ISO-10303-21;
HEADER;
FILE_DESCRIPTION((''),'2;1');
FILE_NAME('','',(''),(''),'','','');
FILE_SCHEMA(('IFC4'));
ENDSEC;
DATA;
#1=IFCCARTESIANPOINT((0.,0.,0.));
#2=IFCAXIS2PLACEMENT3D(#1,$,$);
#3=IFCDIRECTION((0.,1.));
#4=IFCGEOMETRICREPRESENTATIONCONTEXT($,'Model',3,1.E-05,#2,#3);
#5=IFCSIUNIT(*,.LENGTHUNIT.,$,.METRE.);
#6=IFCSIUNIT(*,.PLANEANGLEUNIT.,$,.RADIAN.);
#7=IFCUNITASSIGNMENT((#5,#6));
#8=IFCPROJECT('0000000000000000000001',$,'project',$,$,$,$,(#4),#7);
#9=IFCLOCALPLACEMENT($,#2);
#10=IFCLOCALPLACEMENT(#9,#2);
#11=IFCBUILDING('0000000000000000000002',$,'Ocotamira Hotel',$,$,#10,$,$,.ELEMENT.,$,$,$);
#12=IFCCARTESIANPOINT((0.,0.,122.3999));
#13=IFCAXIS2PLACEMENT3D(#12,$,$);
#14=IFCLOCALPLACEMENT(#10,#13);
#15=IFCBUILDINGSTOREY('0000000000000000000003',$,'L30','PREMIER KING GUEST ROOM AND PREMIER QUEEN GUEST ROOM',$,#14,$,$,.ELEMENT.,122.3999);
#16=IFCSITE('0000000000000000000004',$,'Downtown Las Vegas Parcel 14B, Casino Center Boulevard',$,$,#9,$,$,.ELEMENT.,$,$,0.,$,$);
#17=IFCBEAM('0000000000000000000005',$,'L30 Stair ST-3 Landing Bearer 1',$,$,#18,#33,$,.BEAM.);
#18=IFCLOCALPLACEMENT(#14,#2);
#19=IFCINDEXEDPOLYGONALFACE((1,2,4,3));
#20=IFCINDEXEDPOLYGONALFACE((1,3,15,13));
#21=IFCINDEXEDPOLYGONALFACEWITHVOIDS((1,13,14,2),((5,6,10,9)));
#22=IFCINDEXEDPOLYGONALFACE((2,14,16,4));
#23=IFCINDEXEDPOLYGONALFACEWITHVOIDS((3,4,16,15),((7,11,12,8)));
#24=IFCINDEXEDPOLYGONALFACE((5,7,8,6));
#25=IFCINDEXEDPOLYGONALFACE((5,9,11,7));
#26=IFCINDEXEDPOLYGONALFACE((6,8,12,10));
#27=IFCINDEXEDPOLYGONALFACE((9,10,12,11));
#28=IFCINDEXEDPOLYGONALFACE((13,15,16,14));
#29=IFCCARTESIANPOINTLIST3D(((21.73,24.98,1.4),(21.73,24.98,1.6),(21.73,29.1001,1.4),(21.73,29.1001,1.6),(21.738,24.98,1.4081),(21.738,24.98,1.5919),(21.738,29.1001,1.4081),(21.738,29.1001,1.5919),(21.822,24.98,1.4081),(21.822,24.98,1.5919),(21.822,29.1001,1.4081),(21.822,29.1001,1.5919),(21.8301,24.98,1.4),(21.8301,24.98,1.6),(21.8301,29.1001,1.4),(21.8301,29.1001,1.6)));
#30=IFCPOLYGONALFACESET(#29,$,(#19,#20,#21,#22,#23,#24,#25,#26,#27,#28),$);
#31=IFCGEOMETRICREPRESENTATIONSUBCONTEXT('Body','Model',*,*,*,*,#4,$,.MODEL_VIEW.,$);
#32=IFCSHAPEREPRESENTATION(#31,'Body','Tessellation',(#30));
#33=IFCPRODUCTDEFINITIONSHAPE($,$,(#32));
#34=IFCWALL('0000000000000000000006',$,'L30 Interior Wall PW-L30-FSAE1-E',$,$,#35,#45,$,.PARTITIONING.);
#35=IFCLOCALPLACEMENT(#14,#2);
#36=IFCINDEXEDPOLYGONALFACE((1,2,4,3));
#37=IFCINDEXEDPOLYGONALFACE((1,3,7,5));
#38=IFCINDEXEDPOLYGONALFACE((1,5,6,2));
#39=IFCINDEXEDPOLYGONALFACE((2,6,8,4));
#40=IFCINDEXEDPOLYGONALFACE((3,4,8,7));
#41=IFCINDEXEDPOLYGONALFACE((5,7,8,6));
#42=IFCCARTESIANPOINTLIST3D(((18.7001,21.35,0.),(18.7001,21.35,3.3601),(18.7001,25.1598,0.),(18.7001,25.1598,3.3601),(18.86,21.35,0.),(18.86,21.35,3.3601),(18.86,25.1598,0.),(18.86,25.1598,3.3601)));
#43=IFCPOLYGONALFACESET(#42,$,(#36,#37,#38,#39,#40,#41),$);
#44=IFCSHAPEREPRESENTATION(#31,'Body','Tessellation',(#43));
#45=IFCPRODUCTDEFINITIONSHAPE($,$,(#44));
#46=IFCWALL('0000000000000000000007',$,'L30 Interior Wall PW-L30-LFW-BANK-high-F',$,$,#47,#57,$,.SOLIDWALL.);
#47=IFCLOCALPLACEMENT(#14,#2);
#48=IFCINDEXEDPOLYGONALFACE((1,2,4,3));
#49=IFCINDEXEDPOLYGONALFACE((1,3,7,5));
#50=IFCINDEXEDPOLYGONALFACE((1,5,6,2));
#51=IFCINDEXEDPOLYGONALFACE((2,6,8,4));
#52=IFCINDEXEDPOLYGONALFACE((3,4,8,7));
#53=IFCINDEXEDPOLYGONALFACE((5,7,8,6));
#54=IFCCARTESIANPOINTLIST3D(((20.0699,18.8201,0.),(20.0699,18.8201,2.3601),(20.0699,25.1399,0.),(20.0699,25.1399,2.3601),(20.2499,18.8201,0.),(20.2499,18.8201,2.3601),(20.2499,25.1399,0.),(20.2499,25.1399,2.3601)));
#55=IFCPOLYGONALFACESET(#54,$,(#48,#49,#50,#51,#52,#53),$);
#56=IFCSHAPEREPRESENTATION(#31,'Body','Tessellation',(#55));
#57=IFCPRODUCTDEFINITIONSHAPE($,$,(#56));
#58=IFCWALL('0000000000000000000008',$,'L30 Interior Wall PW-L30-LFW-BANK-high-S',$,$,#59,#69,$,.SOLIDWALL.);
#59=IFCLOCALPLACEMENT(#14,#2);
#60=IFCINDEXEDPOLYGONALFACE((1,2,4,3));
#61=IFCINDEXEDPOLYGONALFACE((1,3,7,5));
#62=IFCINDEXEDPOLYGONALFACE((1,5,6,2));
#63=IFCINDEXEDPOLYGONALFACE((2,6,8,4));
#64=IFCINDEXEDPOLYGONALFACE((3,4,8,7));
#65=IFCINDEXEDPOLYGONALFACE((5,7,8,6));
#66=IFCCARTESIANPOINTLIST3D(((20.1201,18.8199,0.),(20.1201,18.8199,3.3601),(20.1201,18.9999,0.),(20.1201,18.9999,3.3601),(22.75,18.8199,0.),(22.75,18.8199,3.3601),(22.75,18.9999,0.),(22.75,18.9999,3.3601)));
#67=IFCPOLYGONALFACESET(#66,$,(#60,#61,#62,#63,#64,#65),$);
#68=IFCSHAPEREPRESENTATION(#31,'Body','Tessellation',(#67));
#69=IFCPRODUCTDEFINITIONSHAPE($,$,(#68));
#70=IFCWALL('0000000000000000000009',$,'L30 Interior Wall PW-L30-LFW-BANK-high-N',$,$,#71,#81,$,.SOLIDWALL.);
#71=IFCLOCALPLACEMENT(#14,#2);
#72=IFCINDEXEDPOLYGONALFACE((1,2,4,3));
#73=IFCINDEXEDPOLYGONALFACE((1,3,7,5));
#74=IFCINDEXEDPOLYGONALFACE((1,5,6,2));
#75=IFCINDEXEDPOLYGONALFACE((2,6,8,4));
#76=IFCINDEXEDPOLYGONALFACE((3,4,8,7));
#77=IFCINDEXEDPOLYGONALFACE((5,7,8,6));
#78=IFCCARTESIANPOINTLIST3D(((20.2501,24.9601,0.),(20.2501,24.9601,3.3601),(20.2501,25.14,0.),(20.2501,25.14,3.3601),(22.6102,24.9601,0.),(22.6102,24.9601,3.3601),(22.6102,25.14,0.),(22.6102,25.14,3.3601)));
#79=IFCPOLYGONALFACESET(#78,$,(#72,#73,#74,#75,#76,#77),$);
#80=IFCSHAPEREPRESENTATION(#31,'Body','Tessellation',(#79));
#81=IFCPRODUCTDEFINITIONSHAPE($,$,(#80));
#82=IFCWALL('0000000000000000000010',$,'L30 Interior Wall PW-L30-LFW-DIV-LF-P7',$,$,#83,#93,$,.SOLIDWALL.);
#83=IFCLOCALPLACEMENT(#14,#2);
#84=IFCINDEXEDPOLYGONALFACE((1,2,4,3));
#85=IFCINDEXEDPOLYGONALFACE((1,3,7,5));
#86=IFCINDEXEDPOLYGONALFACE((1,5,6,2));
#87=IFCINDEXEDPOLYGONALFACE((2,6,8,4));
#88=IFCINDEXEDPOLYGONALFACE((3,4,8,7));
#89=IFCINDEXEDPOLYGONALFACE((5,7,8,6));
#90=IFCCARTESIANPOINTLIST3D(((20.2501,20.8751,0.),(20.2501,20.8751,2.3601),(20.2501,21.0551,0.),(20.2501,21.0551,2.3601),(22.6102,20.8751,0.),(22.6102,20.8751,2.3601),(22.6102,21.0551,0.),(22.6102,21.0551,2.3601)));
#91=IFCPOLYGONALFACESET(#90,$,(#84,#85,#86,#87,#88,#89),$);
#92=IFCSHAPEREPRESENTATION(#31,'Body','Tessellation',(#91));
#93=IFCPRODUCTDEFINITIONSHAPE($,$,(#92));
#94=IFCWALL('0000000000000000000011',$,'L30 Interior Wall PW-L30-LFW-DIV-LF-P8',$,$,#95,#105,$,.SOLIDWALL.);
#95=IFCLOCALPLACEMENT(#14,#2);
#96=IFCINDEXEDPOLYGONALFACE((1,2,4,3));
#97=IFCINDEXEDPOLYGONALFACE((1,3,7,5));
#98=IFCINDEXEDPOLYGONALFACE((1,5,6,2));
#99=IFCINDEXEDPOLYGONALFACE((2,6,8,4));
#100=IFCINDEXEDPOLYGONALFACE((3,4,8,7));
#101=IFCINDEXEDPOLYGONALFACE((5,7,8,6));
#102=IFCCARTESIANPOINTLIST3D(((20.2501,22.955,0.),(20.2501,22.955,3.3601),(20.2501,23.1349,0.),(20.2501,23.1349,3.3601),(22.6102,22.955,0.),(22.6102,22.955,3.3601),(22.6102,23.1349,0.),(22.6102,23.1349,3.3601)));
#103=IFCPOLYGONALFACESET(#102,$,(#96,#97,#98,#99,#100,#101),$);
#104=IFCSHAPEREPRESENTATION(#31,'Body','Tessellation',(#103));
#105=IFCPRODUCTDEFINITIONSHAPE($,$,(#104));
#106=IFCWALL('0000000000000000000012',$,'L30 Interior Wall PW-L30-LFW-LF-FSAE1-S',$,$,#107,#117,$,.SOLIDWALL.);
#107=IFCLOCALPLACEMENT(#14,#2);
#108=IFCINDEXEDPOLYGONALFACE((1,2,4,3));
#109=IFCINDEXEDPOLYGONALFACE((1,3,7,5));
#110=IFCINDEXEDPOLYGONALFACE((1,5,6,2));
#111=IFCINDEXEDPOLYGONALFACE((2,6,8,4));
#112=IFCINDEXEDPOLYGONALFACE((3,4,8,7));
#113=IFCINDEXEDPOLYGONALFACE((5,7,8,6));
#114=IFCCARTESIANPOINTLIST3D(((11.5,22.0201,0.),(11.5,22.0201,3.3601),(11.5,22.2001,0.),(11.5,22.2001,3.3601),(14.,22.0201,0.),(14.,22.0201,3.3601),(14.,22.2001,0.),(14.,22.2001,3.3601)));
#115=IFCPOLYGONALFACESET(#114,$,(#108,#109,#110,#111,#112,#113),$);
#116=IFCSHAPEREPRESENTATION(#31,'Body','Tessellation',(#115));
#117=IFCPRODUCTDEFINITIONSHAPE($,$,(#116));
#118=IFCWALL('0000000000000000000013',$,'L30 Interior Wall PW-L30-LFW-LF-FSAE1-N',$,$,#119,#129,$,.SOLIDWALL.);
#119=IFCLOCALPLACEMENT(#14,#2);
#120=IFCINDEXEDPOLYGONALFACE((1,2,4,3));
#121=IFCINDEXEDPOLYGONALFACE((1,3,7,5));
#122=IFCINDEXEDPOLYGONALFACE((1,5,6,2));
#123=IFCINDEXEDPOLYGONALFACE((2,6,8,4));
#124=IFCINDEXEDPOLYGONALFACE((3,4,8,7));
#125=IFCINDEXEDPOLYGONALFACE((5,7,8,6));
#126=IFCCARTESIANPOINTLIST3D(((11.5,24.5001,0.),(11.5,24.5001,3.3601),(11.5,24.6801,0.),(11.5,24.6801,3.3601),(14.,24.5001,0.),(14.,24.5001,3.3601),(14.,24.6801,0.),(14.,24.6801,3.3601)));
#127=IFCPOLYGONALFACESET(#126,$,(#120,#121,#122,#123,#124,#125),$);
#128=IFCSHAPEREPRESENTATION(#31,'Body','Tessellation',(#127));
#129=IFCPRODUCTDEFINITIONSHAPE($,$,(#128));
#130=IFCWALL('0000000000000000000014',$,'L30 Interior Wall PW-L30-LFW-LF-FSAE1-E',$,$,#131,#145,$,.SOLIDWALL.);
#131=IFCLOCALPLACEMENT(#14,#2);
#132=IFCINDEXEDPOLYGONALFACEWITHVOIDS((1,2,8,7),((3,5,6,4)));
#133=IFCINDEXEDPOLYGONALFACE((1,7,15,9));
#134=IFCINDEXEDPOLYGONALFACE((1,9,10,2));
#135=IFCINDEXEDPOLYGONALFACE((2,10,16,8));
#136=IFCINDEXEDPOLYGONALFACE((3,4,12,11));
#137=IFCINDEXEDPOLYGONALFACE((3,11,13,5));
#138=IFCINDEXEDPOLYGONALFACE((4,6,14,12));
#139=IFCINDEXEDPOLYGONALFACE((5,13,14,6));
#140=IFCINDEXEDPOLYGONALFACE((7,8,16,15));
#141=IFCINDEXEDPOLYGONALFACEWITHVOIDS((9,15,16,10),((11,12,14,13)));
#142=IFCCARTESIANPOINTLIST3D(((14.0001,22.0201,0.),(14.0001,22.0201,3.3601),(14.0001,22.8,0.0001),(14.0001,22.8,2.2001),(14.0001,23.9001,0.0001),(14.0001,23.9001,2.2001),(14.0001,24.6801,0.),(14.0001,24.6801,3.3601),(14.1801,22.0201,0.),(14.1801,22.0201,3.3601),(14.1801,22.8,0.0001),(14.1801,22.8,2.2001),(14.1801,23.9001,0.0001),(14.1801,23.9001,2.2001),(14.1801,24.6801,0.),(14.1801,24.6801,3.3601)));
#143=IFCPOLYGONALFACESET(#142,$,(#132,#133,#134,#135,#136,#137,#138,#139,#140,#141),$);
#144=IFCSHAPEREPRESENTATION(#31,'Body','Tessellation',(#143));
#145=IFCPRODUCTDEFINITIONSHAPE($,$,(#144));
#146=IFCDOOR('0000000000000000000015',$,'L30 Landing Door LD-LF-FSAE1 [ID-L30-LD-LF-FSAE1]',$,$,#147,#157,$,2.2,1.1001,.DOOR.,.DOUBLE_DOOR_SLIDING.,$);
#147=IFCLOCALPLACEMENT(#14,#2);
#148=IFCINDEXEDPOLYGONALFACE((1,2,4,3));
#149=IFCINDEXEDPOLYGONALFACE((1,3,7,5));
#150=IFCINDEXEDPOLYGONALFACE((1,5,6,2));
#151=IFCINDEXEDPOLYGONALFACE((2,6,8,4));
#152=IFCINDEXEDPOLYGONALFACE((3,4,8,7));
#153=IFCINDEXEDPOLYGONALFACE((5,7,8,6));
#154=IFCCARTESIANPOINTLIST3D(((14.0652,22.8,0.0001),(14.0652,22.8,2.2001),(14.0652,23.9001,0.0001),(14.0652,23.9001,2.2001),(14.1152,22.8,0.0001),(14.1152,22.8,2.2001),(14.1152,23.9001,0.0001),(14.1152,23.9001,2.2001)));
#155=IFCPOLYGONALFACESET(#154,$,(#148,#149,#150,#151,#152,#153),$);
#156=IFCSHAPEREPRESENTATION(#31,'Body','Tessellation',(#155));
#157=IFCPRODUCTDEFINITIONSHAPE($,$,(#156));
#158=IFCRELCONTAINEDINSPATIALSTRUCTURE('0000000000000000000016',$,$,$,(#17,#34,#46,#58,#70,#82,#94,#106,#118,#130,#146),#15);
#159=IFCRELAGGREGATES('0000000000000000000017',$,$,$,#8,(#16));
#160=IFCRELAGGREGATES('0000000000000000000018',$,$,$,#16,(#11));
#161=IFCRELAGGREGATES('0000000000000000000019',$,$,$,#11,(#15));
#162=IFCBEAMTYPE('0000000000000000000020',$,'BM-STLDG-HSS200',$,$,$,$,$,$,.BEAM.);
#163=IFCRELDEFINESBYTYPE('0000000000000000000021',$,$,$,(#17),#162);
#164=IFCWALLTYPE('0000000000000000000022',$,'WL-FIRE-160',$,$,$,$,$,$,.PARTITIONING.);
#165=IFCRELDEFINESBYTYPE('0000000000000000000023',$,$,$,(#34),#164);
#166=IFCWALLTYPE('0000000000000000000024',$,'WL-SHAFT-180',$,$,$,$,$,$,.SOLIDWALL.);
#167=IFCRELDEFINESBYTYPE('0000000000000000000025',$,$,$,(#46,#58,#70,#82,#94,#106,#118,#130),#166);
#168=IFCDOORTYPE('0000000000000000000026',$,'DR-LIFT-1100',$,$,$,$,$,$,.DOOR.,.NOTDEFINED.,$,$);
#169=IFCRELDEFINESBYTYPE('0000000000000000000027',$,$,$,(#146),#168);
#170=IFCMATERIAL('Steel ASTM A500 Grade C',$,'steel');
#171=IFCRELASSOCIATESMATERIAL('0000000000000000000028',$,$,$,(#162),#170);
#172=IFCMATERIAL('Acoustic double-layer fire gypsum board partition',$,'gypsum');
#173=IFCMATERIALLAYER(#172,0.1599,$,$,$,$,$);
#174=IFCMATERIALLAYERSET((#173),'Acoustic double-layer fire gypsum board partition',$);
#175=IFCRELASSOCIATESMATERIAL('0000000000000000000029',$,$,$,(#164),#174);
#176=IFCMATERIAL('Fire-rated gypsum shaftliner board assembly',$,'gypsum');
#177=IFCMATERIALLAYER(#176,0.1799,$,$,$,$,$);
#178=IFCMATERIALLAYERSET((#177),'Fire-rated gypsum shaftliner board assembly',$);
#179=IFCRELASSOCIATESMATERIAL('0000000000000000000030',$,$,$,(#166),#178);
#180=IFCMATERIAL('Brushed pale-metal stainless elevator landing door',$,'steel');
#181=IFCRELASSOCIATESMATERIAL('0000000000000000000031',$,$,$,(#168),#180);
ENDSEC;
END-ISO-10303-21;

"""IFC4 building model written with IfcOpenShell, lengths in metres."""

from ifc_helpers import new_model, si_unit, direction, frame, frame_2d, origin, origin_2d, place, context, subcontext, project, spatial, rectangle, hollow_rectangle, extrude, source, transform, mapped, material, layer, layer_set, material_profile, profile_set, type_object, element, fill, save


model = new_model("IFC4")

# Units and contexts
model_context = context("Model", 3, precision=1e-05, world=origin(), true_north=direction((0.0, 1.0)))
body_context = subcontext(model_context, "Body", "Model", "MODEL_VIEW")
ifc_project = project(units=[si_unit("LENGTHUNIT", "METRE"), si_unit("PLANEANGLEUNIT", "RADIAN")], contexts=[model_context])

# Site, building, storey
site_placement = place(None, origin())
site = spatial("IfcSite", under=ifc_project, at=site_placement, Name="Downtown Las Vegas Parcel 14B, Casino Center Boulevard", CompositionType="ELEMENT", RefElevation=0.0)
building_placement = place(site_placement, origin())
building = spatial("IfcBuilding", under=site, at=building_placement, Name="Ocotamira Hotel", CompositionType="ELEMENT")
storey_placement = place(building_placement, frame((0.0, 0.0, 122.3999)))
storey = spatial("IfcBuildingStorey", under=building, at=storey_placement, Name="L30", Description="PREMIER KING GUEST ROOM AND PREMIER QUEEN GUEST ROOM", CompositionType="ELEMENT", Elevation=122.3999)

# Beam
ifc_material_1 = material(Name="Steel ASTM A500 Grade C", Category="steel")
ifc_material_profile = material_profile(ifc_material_1, hollow_rectangle(XDim=0.1001, YDim=0.2, WallThickness=0.0081, at=origin_2d()), Name="HSS200X100X8")
ifc_profile_set = profile_set([ifc_material_profile], Name="Steel ASTM A500 Grade C")
beam_type = type_object("IfcBeamType", Name="BM-STLDG-HSS200", PredefinedType="BEAM", material=ifc_profile_set)
shared_shape_1 = source(origin(), body_context, "Body", "SweptSolid", [
    extrude(hollow_rectangle(XDim=0.1001, YDim=0.2, WallThickness=0.0081, at=origin_2d()), origin(), (0.0, 0.0, 1.0), 4.1201),
])
beam_placement = place(storey_placement, frame((21.78, 24.98, 1.5), z_axis=(0.0, 1.0, 0.0), x_axis=(-1.0, 0.0, 0.0)))
element("IfcBeam", 1, at=beam_placement, inside=storey, type_object=beam_type, Name="L30 Stair ST-3 Landing Bearer 1", PredefinedType="BEAM", context=body_context, shape_type="MappedRepresentation", body=[
    mapped(shared_shape_1, transform((0.0, 0.0, 0.0), scale=1.0)),
])

# Shared definitions
ifc_material_2 = material(Name="Acoustic double-layer fire gypsum board partition", Category="gypsum")
ifc_layer_1 = layer(ifc_material_2, 0.1599)
ifc_layer_set_1 = layer_set([ifc_layer_1], Name="Acoustic double-layer fire gypsum board partition")
wall_type_1 = type_object("IfcWallType", Name="WL-FIRE-160", PredefinedType="PARTITIONING", material=ifc_layer_set_1)

# Walls
wall_1_placement = place(storey_placement, frame((18.78, 21.3501, 0.0), z_axis=(0.0, 0.0, 1.0), x_axis=(0.0, 1.0, 0.0)))
element("IfcWall", 2, at=wall_1_placement, inside=storey, type_object=wall_type_1, Name="L30 Interior Wall PW-L30-FSAE1-E", PredefinedType="PARTITIONING", context=body_context, shape_type="SweptSolid", body=[
    extrude(rectangle(XDim=3.8098, YDim=0.1599, at=frame_2d((1.9048, 0.0))), origin(), (0.0, 0.0, 1.0), 3.3601),
])
ifc_material_3 = material(Name="Fire-rated gypsum shaftliner board assembly", Category="gypsum")
ifc_layer_2 = layer(ifc_material_3, 0.1799)
ifc_layer_set_2 = layer_set([ifc_layer_2], Name="Fire-rated gypsum shaftliner board assembly")
wall_type_2 = type_object("IfcWallType", Name="WL-SHAFT-180", PredefinedType="SOLIDWALL", material=ifc_layer_set_2)
wall_2_placement = place(storey_placement, frame((20.1599, 18.8201, 0.0), z_axis=(0.0, 0.0, 1.0), x_axis=(0.0, 1.0, 0.0)))
element("IfcWall", 3, at=wall_2_placement, inside=storey, type_object=wall_type_2, Name="L30 Interior Wall PW-L30-LFW-BANK-high-F", PredefinedType="SOLIDWALL", context=body_context, shape_type="SweptSolid", body=[
    extrude(rectangle(XDim=6.3198, YDim=0.1799, at=frame_2d((3.1599, 0.0))), origin(), (0.0, 0.0, 1.0), 2.3601),
])
wall_3_placement = place(storey_placement, frame((20.1201, 18.9099, 0.0), z_axis=(0.0, 0.0, 1.0), x_axis=(1.0, 0.0, 0.0)))
element("IfcWall", 4, at=wall_3_placement, inside=storey, type_object=wall_type_2, Name="L30 Interior Wall PW-L30-LFW-BANK-high-S", PredefinedType="SOLIDWALL", context=body_context, shape_type="SweptSolid", body=[
    extrude(rectangle(XDim=2.6299, YDim=0.1799, at=frame_2d((1.3149, 0.0))), origin(), (0.0, 0.0, 1.0), 3.3601),
])
wall_4_placement = place(storey_placement, frame((20.25, 25.05, 0.0), z_axis=(0.0, 0.0, 1.0), x_axis=(1.0, 0.0, 0.0)))
element("IfcWall", 5, at=wall_4_placement, inside=storey, type_object=wall_type_2, Name="L30 Interior Wall PW-L30-LFW-BANK-high-N", PredefinedType="SOLIDWALL", context=body_context, shape_type="SweptSolid", body=[
    extrude(rectangle(XDim=2.3601, YDim=0.1799, at=frame_2d((1.1802, 0.0))), origin(), (0.0, 0.0, 1.0), 3.3601),
])
wall_5_placement = place(storey_placement, frame((20.25, 20.9651, 0.0), z_axis=(0.0, 0.0, 1.0), x_axis=(1.0, 0.0, 0.0)))
element("IfcWall", 6, at=wall_5_placement, inside=storey, type_object=wall_type_2, Name="L30 Interior Wall PW-L30-LFW-DIV-LF-P7", PredefinedType="SOLIDWALL", context=body_context, shape_type="SweptSolid", body=[
    extrude(rectangle(XDim=2.3601, YDim=0.1799, at=frame_2d((1.1802, 0.0))), origin(), (0.0, 0.0, 1.0), 2.3601),
])
wall_6_placement = place(storey_placement, frame((20.25, 23.0449, 0.0), z_axis=(0.0, 0.0, 1.0), x_axis=(1.0, 0.0, 0.0)))
element("IfcWall", 7, at=wall_6_placement, inside=storey, type_object=wall_type_2, Name="L30 Interior Wall PW-L30-LFW-DIV-LF-P8", PredefinedType="SOLIDWALL", context=body_context, shape_type="SweptSolid", body=[
    extrude(rectangle(XDim=2.3601, YDim=0.1799, at=frame_2d((1.1802, 0.0))), origin(), (0.0, 0.0, 1.0), 3.3601),
])
for number, where, z_axis, x_axis, name in (
    (8, (11.5, 22.1101, 0.0), (0.0, 0.0, 1.0), (1.0, 0.0, 0.0), "L30 Interior Wall PW-L30-LFW-LF-FSAE1-S"),
    (9, (11.5, 24.5901, 0.0), (0.0, 0.0, 1.0), (1.0, 0.0, 0.0), "L30 Interior Wall PW-L30-LFW-LF-FSAE1-N"),
):
    element("IfcWall", number, at=place(storey_placement, frame(where, z_axis=z_axis, x_axis=x_axis)), inside=storey, type_object=wall_type_2, Name=name, PredefinedType="SOLIDWALL", context=body_context, shape_type="SweptSolid", body=[
        extrude(rectangle(XDim=2.5, YDim=0.1799, at=frame_2d((1.25, 0.0))), origin(), (0.0, 0.0, 1.0), 3.3601),
    ])

# Wall, opening, door
wall_7_placement = place(storey_placement, frame((14.0901, 22.02, 0.0), z_axis=(0.0, 0.0, 1.0), x_axis=(0.0, 1.0, 0.0)))
wall_7 = element("IfcWall", 10, at=wall_7_placement, inside=storey, type_object=wall_type_2, Name="L30 Interior Wall PW-L30-LFW-LF-FSAE1-E", PredefinedType="SOLIDWALL", context=body_context, shape_type="SweptSolid", body=[
    extrude(rectangle(XDim=2.6599, YDim=0.1799, at=frame_2d((1.3301, 0.0))), origin(), (0.0, 0.0, 1.0), 3.3601),
])
opening_1_placement = place(wall_7_placement, frame((0.78, 0.0, 0.0)))
opening_1 = element("IfcOpeningElement", 11, at=opening_1_placement, cuts=wall_7, PredefinedType="OPENING", context=body_context, shape_type="SweptSolid", body=[
    extrude(rectangle(XDim=1.1001, YDim=2.2, at=frame_2d((0.55, 1.1001))), frame((0.0, 0.1001, 0.0), z_axis=(0.0, -1.0, 0.0), x_axis=(1.0, 0.0, 0.0)), (0.0, 0.0, 1.0), 0.2),
])
ifc_material_4 = material(Name="Brushed pale-metal stainless elevator landing door", Category="steel")
door_type_1 = type_object("IfcDoorType", Name="DR-LIFT-1100", OperationType="NOTDEFINED", PredefinedType="DOOR", material=ifc_material_4)
shared_shape_2 = source(origin(), body_context, "Body", "SweptSolid", [
    extrude(rectangle(XDim=1.1001, YDim=2.2, at=frame_2d((0.55, 1.1001))), frame((0.0, 0.0249, 0.0), z_axis=(0.0, -1.0, 0.0), x_axis=(1.0, 0.0, 0.0)), (0.0, 0.0, 1.0), 0.05),
])
door_1_placement = place(opening_1_placement, origin())
door_1 = element("IfcDoor", 12, at=door_1_placement, inside=storey, type_object=door_type_1, Name="L30 Landing Door LD-LF-FSAE1 [ID-L30-LD-LF-FSAE1]", OperationType="DOUBLE_DOOR_SLIDING", OverallHeight=2.2, OverallWidth=1.1001, PredefinedType="DOOR", context=body_context, shape_type="MappedRepresentation", body=[
    mapped(shared_shape_2, transform((0.0, 0.0, 0.0), scale=1.0)),
])
fill(opening_1, door_1)

save(model, "model.ifc")
